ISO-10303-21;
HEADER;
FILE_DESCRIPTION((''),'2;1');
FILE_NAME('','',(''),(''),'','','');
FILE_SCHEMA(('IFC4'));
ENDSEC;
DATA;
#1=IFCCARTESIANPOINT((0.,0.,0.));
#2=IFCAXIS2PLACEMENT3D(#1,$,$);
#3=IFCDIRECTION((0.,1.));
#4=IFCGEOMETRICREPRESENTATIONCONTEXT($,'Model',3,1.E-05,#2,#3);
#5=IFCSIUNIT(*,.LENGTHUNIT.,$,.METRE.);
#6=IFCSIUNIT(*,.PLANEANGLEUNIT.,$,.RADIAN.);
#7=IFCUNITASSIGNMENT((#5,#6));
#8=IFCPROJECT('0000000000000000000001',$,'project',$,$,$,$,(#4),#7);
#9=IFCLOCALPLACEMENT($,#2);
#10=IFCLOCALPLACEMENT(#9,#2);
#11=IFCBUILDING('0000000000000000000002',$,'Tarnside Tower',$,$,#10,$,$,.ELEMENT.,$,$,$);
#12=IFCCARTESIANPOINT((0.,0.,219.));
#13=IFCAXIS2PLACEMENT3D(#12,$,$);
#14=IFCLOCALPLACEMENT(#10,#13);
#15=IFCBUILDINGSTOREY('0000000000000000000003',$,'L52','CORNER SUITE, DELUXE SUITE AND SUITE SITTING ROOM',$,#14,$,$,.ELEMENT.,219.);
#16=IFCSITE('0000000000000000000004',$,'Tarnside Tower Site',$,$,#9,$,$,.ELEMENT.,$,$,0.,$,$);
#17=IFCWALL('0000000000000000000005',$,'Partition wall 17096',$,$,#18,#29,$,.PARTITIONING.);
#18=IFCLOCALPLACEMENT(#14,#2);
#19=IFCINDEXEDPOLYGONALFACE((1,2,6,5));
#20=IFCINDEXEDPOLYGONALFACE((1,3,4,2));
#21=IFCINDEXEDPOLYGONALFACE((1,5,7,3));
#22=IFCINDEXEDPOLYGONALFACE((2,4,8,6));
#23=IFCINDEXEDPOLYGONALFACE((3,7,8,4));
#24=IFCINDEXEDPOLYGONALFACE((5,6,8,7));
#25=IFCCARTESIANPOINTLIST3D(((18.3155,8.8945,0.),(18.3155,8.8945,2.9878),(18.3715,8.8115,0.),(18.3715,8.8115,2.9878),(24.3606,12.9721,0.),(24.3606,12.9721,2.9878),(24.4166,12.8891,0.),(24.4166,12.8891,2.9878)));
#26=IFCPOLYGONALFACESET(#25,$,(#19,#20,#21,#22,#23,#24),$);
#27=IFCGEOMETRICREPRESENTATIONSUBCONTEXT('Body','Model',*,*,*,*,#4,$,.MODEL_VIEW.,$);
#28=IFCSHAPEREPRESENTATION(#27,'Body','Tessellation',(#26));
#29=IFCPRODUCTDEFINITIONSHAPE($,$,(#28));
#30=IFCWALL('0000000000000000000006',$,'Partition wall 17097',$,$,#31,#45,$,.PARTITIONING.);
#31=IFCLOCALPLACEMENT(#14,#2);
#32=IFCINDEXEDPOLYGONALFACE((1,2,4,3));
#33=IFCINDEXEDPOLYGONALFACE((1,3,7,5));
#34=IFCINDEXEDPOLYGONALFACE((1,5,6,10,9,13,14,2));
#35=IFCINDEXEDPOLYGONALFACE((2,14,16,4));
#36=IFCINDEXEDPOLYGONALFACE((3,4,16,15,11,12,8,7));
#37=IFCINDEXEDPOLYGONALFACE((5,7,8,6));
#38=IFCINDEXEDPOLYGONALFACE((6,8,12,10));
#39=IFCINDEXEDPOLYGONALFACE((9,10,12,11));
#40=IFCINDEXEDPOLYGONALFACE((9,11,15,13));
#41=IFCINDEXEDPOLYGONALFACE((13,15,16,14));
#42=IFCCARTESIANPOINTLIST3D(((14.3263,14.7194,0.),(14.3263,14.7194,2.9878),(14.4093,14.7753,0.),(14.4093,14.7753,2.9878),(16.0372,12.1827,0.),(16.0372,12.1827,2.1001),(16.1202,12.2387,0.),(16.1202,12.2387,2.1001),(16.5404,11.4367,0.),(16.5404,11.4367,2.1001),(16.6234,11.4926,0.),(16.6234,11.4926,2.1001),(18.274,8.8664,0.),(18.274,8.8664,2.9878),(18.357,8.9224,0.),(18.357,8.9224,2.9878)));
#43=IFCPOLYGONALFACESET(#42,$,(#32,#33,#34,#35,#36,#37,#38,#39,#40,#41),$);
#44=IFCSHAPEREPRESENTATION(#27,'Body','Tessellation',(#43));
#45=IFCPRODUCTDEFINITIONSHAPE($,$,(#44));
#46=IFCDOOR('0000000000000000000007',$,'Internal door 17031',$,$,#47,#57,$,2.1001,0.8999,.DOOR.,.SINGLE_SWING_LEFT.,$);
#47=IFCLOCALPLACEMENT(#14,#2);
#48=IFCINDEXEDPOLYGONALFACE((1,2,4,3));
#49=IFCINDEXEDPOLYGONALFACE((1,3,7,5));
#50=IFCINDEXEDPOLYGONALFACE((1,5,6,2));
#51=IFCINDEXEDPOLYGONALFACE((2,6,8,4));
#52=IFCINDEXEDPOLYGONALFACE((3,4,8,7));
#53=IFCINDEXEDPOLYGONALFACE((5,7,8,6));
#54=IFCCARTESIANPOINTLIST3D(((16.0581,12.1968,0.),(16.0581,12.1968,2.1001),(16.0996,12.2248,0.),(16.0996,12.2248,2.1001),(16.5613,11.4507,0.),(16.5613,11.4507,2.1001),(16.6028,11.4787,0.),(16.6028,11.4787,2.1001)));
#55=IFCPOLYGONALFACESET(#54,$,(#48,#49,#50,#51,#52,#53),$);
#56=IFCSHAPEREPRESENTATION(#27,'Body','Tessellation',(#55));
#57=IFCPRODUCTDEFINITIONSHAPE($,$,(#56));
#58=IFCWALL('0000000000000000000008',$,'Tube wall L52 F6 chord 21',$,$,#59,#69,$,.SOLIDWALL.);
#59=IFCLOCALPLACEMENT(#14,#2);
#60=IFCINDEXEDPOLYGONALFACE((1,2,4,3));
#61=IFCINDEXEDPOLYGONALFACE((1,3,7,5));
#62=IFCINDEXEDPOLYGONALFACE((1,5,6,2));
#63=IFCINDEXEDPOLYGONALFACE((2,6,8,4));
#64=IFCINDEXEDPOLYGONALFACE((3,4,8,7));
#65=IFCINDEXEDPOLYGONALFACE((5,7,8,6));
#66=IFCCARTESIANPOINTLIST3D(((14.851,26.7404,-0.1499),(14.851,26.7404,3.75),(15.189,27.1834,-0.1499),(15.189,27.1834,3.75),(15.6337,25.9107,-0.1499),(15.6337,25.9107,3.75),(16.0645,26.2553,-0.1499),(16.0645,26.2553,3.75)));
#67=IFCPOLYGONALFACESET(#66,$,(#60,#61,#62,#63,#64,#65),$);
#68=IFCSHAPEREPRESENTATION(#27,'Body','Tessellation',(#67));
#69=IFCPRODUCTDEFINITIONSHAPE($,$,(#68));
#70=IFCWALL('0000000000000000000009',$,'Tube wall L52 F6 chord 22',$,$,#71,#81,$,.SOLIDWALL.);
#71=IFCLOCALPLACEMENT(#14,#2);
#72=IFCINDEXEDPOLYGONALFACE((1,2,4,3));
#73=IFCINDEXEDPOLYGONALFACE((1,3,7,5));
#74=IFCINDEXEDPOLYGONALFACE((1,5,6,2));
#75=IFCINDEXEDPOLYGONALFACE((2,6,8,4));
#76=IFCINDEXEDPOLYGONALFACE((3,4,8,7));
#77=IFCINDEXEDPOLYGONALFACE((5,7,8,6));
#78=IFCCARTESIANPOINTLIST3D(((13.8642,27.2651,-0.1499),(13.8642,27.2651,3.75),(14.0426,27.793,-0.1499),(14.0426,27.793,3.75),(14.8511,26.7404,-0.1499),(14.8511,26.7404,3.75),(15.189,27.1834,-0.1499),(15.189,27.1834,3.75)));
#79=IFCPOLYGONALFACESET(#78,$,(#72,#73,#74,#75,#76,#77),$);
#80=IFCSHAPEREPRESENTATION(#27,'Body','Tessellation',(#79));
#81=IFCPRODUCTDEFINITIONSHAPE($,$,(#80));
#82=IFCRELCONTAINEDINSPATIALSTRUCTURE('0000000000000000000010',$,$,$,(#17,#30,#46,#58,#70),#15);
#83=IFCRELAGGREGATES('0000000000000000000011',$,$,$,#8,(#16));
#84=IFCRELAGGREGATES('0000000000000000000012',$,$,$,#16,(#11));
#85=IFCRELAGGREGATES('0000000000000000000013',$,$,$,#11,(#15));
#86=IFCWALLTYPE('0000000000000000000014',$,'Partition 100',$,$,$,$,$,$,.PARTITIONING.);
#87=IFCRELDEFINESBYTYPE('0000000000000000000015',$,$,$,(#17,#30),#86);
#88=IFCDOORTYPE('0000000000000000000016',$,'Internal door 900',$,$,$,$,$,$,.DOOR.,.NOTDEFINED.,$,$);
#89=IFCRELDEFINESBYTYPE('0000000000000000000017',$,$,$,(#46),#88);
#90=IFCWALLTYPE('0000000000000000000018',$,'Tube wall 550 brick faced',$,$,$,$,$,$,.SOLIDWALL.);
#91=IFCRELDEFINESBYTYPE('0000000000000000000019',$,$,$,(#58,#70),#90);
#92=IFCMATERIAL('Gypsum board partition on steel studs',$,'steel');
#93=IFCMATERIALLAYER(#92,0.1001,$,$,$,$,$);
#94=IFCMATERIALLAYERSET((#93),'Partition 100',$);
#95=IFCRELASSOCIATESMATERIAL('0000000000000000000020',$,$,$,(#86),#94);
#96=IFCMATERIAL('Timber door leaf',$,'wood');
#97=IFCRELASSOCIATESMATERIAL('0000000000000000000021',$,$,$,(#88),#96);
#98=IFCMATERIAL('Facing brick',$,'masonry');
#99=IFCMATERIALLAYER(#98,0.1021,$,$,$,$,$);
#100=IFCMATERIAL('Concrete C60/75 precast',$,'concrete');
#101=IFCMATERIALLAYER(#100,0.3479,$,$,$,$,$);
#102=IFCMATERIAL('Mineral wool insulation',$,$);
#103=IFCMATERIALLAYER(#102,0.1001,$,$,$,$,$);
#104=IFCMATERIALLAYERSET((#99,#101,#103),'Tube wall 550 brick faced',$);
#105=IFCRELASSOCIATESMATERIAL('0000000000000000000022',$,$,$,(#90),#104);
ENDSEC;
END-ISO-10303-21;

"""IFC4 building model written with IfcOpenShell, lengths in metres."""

from ifc_helpers import new_model, si_unit, direction, frame, frame_2d, origin, place, context, subcontext, project, spatial, polyline, rectangle, outline, extrude, material, layer, layer_set, type_object, element, fill, save


model = new_model("IFC4")

# Units and contexts
model_context = context("Model", 3, precision=1e-05, world=origin(), true_north=direction((0.0, 1.0)))
body_context = subcontext(model_context, "Body", "Model", "MODEL_VIEW")
ifc_project = project(units=[si_unit("LENGTHUNIT", "METRE"), si_unit("PLANEANGLEUNIT", "RADIAN")], contexts=[model_context])

# Site, building, storey
site_placement = place(None, origin())
site = spatial("IfcSite", under=ifc_project, at=site_placement, Name="Tarnside Tower Site", CompositionType="ELEMENT", RefElevation=0.0)
building_placement = place(site_placement, origin())
building = spatial("IfcBuilding", under=site, at=building_placement, Name="Tarnside Tower", CompositionType="ELEMENT")
storey_placement = place(building_placement, frame((0.0, 0.0, 219.0)))
storey = spatial("IfcBuildingStorey", under=building, at=storey_placement, Name="L52", Description="CORNER SUITE, DELUXE SUITE AND SUITE SITTING ROOM", CompositionType="ELEMENT", Elevation=219.0)

# Wall
ifc_material_1 = material(Name="Gypsum board partition on steel studs", Category="steel")
ifc_layer_1 = layer(ifc_material_1, 0.1001)
ifc_layer_set_1 = layer_set([ifc_layer_1], Name="Partition 100")
wall_type_1 = type_object("IfcWallType", Name="Partition 100", PredefinedType="PARTITIONING", material=ifc_layer_set_1)
wall_1_placement = place(storey_placement, frame((24.3887, 12.9307, 0.0), z_axis=(0.0, 0.0, 1.0), x_axis=(-0.82903, -0.559204, 0.0)))
element("IfcWall", 1, at=wall_1_placement, inside=storey, type_object=wall_type_1, Name="Partition wall 17096", PredefinedType="PARTITIONING", context=body_context, shape_type="SweptSolid", body=[
    extrude(rectangle(XDim=7.2917, YDim=0.1001, at=frame_2d((3.646, 0.0))), origin(), (0.0, 0.0, 1.0), 2.9878),
])

# Wall, opening, door
wall_2_placement = place(storey_placement, frame((18.3154, 8.8945, 0.0), z_axis=(0.0, 0.0, 1.0), x_axis=(-0.559177, 0.829048, 0.0)))
wall_2 = element("IfcWall", 2, at=wall_2_placement, inside=storey, type_object=wall_type_1, Name="Partition wall 17097", PredefinedType="PARTITIONING", context=body_context, shape_type="SweptSolid", body=[
    extrude(rectangle(XDim=7.0598, YDim=0.1001, at=frame_2d((3.5298, 0.0))), origin(), (0.0, 0.0, 1.0), 2.9878),
])
opening_placement = place(wall_2_placement, frame((3.1001, 0.0, 0.0)))
opening = element("IfcOpeningElement", 3, at=opening_placement, cuts=wall_2, PredefinedType="OPENING", context=body_context, shape_type="SweptSolid", body=[
    extrude(rectangle(XDim=0.8999, YDim=2.1001, at=frame_2d((0.45, 1.05))), frame((0.0, 0.0601, 0.0), z_axis=(0.0, -1.0, 0.0), x_axis=(1.0, 0.0, 0.0)), (0.0, 0.0, 1.0), 0.1201),
])
ifc_material_2 = material(Name="Timber door leaf", Category="wood")
door_type = type_object("IfcDoorType", Name="Internal door 900", OperationType="NOTDEFINED", PredefinedType="DOOR", material=ifc_material_2)
door_placement = place(opening_placement, origin())
door = element("IfcDoor", 4, at=door_placement, inside=storey, type_object=door_type, Name="Internal door 17031", OperationType="SINGLE_SWING_LEFT", OverallHeight=2.1001, OverallWidth=0.8999, PredefinedType="DOOR", context=body_context, shape_type="SweptSolid", body=[
    extrude(rectangle(XDim=0.8999, YDim=2.1001, at=frame_2d((0.45, 1.05))), frame((0.0, 0.0249, 0.0), z_axis=(0.0, -1.0, 0.0), x_axis=(1.0, 0.0, 0.0)), (0.0, 0.0, 1.0), 0.05),
])
fill(opening, door)

# Walls
ifc_material_3 = material(Name="Facing brick", Category="masonry")
ifc_layer_2 = layer(ifc_material_3, 0.1021)
ifc_material_4 = material(Name="Concrete C60/75 precast", Category="concrete")
ifc_layer_3 = layer(ifc_material_4, 0.3479)
ifc_material_5 = material(Name="Mineral wool insulation")
ifc_layer_4 = layer(ifc_material_5, 0.1001)
ifc_layer_set_2 = layer_set([ifc_layer_2, ifc_layer_3, ifc_layer_4], Name="Tube wall 550 brick faced")
wall_type_2 = type_object("IfcWallType", Name="Tube wall 550 brick faced", PredefinedType="SOLIDWALL", material=ifc_layer_set_2)
wall_3_placement = place(storey_placement, frame((15.8491, 26.083, -0.1499), z_axis=(0.0, 0.0, 1.0), x_axis=(-0.686196, 0.727416, 0.0)))
element("IfcWall", 5, at=wall_3_placement, inside=storey, type_object=wall_type_2, Name="Tube wall L52 F6 chord 21", PredefinedType="SOLIDWALL", context=body_context, shape_type="SweptSolid", body=[
    extrude(outline(polyline([(-0.0225, -0.2749), (1.2534, -0.2749), (1.1631, 0.2749), (0.0225, 0.2749), (-0.0225, -0.2749)])), origin(), (0.0, 0.0, 1.0), 3.8999),
])
wall_4_placement = place(storey_placement, frame((15.02, 26.9619, -0.1499), z_axis=(0.0, 0.0, 1.0), x_axis=(-0.882951, 0.469465, 0.0)))
element("IfcWall", 6, at=wall_4_placement, inside=storey, type_object=wall_type_2, Name="Tube wall L52 F6 chord 22", PredefinedType="SOLIDWALL", context=body_context, shape_type="SweptSolid", body=[
    extrude(outline(polyline([(-0.0452, -0.2749), (1.2532, -0.2749), (1.1628, 0.2749), (0.0452, 0.2749), (-0.0452, -0.2749)])), origin(), (0.0, 0.0, 1.0), 3.8999),
])

save(model, "model.ifc")
